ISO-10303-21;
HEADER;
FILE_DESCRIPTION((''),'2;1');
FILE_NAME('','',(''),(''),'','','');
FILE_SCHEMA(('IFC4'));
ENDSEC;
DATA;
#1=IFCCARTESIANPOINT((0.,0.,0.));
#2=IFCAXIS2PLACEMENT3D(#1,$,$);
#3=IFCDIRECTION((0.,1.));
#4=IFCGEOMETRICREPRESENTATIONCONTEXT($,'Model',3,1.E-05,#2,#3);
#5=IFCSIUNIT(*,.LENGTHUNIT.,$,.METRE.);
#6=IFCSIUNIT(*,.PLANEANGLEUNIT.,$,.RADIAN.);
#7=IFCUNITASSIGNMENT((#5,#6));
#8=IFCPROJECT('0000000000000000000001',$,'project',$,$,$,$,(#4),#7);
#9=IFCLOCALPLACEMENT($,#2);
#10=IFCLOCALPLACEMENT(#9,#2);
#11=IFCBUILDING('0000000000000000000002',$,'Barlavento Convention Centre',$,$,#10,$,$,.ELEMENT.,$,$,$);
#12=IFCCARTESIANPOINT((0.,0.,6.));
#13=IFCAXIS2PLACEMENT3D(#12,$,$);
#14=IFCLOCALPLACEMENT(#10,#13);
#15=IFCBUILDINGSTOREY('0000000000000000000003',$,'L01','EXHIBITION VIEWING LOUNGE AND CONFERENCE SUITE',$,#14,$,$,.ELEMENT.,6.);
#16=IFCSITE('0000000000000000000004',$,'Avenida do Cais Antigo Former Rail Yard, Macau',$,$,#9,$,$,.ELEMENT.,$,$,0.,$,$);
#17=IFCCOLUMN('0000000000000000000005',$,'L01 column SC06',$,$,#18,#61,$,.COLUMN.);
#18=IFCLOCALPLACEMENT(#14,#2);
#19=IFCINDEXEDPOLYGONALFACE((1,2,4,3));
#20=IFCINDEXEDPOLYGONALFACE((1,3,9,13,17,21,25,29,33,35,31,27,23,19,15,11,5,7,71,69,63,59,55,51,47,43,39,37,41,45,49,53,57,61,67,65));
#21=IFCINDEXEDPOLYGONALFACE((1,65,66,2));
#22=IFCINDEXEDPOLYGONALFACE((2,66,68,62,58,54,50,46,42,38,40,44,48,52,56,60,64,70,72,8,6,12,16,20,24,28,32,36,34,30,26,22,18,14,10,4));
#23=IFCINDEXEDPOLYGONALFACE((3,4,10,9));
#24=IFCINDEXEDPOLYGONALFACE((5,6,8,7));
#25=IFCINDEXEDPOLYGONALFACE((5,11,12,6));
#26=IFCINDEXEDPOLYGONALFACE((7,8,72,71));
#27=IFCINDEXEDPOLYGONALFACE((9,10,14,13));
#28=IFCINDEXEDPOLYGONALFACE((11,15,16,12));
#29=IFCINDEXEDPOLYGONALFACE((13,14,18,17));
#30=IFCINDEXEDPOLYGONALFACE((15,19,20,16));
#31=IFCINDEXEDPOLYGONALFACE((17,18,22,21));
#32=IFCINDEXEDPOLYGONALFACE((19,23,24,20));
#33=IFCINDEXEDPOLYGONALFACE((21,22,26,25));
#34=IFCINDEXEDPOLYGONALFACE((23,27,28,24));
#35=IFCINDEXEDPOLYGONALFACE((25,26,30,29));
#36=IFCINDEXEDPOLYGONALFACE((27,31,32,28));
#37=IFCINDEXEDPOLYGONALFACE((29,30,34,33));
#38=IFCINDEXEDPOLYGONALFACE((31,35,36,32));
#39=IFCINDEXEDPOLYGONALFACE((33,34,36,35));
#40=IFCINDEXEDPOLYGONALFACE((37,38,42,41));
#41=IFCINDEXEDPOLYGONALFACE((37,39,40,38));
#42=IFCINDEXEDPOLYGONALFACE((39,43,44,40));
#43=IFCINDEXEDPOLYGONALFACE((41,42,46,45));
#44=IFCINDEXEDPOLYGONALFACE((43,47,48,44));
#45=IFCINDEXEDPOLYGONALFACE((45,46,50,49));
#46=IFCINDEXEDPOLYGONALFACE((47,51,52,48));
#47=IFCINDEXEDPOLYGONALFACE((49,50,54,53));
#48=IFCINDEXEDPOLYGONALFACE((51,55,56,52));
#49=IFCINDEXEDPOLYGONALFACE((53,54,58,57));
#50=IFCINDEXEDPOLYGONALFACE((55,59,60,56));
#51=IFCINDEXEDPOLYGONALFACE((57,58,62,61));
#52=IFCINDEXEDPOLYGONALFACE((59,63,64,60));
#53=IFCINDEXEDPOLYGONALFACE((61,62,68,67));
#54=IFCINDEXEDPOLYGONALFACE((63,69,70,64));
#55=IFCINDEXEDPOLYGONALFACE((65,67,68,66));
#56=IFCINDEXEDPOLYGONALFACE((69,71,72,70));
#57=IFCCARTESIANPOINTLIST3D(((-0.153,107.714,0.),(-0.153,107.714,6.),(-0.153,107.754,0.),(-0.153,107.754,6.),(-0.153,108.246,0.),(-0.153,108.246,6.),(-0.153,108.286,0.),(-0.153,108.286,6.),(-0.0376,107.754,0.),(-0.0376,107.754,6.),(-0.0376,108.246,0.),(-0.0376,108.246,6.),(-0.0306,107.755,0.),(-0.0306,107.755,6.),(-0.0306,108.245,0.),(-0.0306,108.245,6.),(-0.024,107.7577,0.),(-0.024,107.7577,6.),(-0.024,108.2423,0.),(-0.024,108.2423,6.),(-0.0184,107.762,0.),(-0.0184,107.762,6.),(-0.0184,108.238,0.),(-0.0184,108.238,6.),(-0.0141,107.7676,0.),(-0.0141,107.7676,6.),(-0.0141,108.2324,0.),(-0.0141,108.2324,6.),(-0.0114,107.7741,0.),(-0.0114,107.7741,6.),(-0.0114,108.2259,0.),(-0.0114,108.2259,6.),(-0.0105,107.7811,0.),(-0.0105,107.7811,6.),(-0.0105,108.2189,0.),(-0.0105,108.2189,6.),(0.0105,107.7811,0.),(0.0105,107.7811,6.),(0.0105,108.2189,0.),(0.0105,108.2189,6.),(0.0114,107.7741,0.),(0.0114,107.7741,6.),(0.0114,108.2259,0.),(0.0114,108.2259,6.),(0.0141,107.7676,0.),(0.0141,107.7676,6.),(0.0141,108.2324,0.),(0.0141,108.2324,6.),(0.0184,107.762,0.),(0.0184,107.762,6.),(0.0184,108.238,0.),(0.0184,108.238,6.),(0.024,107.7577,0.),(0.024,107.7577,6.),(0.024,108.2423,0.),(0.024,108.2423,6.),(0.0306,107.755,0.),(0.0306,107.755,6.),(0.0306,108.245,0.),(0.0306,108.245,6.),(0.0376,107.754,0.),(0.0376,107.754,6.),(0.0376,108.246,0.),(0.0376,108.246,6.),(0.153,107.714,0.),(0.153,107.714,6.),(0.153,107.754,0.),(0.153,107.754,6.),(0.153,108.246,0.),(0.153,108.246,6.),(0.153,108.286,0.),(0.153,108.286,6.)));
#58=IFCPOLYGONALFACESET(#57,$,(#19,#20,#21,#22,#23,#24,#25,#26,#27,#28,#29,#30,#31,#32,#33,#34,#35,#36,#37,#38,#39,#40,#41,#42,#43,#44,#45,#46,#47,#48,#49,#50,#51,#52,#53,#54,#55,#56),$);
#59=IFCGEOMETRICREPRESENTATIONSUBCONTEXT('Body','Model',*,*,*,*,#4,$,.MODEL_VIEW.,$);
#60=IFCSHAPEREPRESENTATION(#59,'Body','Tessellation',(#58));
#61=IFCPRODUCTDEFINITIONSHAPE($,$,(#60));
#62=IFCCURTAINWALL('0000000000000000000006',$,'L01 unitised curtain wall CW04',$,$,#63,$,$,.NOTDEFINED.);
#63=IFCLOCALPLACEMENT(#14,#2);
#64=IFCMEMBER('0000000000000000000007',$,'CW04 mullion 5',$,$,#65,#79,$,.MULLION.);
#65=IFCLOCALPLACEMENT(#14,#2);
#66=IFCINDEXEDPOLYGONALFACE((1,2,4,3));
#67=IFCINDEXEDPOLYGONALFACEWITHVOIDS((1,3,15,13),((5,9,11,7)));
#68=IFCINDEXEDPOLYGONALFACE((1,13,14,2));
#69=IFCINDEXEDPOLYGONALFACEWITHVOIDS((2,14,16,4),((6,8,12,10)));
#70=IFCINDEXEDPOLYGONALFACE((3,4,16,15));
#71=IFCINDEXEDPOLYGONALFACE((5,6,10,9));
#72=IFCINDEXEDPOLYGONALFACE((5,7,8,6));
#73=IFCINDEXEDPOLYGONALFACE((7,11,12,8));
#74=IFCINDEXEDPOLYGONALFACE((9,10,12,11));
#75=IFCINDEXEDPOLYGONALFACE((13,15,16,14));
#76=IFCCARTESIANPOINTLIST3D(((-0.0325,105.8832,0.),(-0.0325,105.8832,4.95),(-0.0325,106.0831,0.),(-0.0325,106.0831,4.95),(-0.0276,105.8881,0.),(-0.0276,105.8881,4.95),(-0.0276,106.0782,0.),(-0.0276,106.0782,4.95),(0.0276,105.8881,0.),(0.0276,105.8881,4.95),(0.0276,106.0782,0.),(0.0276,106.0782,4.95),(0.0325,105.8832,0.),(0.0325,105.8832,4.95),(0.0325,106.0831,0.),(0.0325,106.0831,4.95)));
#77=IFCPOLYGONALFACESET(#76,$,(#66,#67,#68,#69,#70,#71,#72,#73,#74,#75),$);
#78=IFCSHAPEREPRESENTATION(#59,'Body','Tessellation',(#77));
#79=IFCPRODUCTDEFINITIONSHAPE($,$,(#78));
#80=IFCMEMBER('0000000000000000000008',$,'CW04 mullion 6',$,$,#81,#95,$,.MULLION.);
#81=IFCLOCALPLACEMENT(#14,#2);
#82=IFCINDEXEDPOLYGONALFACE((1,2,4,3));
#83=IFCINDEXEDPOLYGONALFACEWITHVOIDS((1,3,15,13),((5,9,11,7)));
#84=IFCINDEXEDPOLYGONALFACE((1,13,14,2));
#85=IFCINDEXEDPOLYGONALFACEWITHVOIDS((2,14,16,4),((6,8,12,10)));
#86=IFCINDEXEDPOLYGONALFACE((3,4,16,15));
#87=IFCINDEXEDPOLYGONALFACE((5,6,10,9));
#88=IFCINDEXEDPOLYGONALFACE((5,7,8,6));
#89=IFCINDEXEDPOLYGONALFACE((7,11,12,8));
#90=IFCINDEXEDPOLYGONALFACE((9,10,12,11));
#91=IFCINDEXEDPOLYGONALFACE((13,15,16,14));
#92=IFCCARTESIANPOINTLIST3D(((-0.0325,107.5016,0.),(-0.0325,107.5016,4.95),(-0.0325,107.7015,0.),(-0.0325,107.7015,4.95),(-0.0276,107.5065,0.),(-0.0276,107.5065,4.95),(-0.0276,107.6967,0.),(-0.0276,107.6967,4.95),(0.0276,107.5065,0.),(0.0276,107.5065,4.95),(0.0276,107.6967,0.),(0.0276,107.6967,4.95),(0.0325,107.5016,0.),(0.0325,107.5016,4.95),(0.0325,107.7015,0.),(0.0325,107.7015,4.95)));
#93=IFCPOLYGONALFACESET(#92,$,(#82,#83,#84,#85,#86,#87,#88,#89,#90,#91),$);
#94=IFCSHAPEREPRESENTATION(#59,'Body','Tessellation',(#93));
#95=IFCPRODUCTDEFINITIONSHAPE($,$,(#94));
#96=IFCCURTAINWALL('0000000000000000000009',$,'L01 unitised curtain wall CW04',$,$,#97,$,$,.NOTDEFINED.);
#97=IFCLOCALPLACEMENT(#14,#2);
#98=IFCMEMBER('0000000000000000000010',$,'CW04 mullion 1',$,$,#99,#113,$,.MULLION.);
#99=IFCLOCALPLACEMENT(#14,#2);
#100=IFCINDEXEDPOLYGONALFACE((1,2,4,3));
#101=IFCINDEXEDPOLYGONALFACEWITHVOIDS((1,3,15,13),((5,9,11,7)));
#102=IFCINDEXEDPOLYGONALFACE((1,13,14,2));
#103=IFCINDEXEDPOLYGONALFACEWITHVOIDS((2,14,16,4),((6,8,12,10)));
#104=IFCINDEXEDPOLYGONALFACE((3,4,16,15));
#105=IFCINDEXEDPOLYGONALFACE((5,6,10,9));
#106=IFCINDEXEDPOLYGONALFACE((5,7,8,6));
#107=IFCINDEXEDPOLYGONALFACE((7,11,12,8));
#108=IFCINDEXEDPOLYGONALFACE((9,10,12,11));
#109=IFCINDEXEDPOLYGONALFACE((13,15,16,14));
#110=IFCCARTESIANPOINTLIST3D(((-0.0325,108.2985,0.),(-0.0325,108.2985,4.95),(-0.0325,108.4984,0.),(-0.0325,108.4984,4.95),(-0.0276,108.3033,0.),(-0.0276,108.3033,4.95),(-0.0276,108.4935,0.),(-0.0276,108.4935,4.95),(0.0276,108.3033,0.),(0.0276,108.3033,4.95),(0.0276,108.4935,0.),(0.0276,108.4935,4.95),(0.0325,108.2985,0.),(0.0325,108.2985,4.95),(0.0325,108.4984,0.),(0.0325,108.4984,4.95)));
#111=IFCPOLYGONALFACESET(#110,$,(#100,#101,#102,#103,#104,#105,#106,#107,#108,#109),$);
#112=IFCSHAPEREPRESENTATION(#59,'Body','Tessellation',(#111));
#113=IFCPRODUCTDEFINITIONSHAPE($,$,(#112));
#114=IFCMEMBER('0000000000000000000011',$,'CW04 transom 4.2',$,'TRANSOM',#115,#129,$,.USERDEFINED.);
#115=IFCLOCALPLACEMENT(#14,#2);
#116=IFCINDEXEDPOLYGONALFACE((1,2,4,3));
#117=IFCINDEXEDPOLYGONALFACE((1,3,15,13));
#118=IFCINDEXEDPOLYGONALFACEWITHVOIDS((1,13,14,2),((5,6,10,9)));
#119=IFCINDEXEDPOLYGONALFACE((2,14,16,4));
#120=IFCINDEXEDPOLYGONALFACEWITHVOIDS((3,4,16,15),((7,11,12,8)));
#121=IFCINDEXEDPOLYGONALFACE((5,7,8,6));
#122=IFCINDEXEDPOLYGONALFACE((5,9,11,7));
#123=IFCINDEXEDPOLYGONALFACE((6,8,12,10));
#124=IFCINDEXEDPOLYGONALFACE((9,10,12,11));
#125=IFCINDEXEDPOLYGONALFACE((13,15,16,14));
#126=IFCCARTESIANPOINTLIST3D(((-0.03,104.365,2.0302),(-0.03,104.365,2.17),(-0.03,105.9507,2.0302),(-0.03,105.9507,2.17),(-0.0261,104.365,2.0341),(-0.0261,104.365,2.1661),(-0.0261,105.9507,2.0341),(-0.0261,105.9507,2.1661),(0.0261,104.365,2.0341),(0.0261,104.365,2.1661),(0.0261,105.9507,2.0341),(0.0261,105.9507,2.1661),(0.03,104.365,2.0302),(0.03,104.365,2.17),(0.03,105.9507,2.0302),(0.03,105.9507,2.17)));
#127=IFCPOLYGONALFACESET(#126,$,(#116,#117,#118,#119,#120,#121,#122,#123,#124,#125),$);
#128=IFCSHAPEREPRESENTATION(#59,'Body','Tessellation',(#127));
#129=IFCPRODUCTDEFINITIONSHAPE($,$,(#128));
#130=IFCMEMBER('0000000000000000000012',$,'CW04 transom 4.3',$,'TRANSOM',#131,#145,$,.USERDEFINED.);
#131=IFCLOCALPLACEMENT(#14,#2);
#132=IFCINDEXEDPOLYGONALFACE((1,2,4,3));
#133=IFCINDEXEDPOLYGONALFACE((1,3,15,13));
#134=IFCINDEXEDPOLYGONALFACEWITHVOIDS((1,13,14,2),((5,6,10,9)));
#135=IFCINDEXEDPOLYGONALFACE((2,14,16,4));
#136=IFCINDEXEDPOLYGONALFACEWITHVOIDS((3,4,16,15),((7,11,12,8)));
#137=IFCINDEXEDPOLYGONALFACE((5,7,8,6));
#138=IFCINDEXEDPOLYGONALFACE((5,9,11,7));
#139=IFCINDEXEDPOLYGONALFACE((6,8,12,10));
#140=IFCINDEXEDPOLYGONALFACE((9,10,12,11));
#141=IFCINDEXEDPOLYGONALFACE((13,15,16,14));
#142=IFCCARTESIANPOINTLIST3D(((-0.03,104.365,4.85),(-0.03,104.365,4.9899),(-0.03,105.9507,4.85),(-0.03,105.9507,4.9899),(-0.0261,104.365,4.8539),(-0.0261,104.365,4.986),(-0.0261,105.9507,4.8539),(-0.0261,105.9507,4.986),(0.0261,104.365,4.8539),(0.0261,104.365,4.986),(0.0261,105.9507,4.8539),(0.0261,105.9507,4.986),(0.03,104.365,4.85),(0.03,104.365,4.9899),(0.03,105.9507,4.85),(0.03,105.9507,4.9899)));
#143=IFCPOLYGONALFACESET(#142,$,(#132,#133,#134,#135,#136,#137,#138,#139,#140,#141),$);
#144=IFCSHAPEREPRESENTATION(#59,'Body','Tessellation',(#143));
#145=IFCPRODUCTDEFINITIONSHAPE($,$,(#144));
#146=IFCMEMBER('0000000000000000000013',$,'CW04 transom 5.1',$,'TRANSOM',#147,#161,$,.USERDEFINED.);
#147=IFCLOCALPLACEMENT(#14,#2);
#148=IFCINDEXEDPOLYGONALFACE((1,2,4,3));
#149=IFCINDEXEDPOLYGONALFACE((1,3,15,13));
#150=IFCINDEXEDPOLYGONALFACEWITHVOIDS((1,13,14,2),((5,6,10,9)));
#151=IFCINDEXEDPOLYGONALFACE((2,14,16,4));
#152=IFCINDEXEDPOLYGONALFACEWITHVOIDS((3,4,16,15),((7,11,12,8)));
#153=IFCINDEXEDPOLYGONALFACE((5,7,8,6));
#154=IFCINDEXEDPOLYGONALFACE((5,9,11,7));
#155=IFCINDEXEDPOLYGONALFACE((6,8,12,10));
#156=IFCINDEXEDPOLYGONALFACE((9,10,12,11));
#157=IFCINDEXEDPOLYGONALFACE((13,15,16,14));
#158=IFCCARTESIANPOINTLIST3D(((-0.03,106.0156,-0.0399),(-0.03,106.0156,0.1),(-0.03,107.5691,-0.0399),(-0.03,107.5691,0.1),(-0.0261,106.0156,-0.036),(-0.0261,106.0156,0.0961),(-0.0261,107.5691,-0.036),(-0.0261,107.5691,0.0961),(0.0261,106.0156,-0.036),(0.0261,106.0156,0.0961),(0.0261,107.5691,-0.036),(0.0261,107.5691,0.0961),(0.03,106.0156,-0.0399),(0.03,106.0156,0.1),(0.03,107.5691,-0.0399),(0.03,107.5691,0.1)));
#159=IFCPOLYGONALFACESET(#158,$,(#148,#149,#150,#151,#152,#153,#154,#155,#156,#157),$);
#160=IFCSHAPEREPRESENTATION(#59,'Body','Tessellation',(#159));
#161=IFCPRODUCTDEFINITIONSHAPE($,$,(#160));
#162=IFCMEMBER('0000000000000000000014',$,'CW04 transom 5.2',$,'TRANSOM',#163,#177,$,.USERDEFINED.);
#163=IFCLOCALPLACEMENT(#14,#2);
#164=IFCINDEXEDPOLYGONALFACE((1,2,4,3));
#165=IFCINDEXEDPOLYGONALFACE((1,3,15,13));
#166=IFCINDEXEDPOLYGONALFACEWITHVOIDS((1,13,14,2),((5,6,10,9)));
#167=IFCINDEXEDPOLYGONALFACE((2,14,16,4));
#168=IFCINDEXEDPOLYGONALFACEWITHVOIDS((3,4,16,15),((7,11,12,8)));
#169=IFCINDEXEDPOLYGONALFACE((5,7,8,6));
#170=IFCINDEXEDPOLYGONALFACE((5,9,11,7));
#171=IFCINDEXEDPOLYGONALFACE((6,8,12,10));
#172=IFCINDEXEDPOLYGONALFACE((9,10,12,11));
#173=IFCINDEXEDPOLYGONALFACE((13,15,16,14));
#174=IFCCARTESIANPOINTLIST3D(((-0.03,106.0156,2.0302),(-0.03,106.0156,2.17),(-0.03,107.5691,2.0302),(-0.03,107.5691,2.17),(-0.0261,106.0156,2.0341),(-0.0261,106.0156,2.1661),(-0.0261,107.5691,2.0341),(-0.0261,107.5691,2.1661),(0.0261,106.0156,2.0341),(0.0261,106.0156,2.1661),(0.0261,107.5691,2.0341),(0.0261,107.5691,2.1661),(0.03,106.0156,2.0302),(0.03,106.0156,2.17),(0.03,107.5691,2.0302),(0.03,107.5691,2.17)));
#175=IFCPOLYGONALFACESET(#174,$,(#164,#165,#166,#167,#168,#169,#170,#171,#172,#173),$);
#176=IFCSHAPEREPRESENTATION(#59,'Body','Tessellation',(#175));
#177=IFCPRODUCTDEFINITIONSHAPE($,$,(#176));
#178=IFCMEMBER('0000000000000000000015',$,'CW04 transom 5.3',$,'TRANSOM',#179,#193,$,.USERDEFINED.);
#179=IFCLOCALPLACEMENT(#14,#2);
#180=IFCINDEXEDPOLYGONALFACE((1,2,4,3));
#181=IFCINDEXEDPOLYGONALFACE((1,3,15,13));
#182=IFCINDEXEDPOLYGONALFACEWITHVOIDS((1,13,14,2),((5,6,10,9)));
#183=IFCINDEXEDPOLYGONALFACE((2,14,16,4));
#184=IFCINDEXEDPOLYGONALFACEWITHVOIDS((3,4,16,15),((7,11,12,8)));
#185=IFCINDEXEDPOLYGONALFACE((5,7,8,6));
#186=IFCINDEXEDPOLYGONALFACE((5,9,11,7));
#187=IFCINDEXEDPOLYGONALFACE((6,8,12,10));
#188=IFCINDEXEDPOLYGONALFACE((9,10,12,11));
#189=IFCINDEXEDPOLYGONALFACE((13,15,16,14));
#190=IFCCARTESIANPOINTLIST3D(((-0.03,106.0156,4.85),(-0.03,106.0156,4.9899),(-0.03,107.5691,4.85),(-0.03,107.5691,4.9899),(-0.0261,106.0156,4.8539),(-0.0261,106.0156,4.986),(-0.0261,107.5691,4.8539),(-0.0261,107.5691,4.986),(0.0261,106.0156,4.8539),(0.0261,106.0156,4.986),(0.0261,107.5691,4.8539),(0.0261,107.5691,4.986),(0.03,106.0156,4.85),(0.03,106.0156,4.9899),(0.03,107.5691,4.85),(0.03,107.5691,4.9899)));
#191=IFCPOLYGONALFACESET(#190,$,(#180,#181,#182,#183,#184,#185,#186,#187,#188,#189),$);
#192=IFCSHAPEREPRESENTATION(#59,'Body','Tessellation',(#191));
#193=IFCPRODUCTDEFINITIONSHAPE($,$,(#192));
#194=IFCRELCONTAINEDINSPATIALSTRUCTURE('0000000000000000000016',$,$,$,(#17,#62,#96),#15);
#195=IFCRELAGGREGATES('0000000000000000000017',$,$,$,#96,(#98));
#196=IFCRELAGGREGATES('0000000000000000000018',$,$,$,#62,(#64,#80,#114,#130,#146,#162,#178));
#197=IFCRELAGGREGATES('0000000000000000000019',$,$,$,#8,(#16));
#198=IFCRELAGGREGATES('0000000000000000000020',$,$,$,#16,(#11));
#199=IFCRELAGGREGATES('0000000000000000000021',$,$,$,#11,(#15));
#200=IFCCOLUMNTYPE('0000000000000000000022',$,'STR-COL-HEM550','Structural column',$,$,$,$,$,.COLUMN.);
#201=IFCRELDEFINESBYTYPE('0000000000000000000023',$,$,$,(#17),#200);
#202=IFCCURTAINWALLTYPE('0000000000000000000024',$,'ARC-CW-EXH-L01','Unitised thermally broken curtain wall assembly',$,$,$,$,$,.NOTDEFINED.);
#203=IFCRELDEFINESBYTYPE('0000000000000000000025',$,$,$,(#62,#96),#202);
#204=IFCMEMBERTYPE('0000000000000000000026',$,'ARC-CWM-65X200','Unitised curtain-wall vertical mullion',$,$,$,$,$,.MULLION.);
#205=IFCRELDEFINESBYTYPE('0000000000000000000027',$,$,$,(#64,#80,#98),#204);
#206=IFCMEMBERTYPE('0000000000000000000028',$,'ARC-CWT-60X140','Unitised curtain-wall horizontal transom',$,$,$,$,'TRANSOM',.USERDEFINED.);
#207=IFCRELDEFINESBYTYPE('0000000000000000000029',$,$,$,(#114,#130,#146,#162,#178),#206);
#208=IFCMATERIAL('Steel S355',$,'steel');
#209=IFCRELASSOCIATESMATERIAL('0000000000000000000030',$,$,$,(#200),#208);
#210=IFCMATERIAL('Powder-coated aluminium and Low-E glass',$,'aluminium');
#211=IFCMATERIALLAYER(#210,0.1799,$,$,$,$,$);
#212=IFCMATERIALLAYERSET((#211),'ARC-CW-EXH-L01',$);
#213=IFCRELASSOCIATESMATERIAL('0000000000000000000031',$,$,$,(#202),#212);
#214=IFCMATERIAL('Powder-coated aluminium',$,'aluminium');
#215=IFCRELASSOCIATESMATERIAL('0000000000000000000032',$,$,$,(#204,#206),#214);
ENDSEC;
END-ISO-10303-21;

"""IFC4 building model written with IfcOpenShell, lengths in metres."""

from ifc_helpers import new_model, si_unit, direction, frame, origin, origin_2d, place, context, subcontext, project, spatial, hollow_rectangle, i_section, extrude, material, layer, layer_set, material_profile, profile_set, type_object, element, aggregate, save


model = new_model("IFC4")

# Units and contexts
model_context = context("Model", 3, precision=1e-05, world=origin(), true_north=direction((0.0, 1.0)))
body_context = subcontext(model_context, "Body", "Model", "MODEL_VIEW")
ifc_project = project(units=[si_unit("LENGTHUNIT", "METRE"), si_unit("PLANEANGLEUNIT", "RADIAN")], contexts=[model_context])

# Site, building, storey
site_placement = place(None, origin())
site = spatial("IfcSite", under=ifc_project, at=site_placement, Name="Avenida do Cais Antigo Former Rail Yard, Macau", CompositionType="ELEMENT", RefElevation=0.0)
building_placement = place(site_placement, origin())
building = spatial("IfcBuilding", under=site, at=building_placement, Name="Barlavento Convention Centre", CompositionType="ELEMENT")
storey_placement = place(building_placement, frame((0.0, 0.0, 6.0)))
storey = spatial("IfcBuildingStorey", under=building, at=storey_placement, Name="L01", Description="EXHIBITION VIEWING LOUNGE AND CONFERENCE SUITE", CompositionType="ELEMENT", Elevation=6.0)

# Column
ifc_material_1 = material(Name="Steel S355", Category="steel")
ifc_material_profile_1 = material_profile(ifc_material_1, i_section(OverallWidth=0.3059, OverallDepth=0.572, WebThickness=0.021, FlangeThickness=0.04, FilletRadius=0.0271, at=origin_2d()), Name="HEM 550")
ifc_profile_set_1 = profile_set([ifc_material_profile_1], Name="Steel S355")
column_type = type_object("IfcColumnType", Name="STR-COL-HEM550", Description="Structural column", PredefinedType="COLUMN", material=ifc_profile_set_1)
column_placement = place(storey_placement, frame((0.0, 108.0, 0.0), z_axis=(0.0, 0.0, 1.0), x_axis=(1.0, 0.0, 0.0)))
element("IfcColumn", 1, at=column_placement, inside=storey, type_object=column_type, Name="L01 column SC06", PredefinedType="COLUMN", context=body_context, shape_type="SweptSolid", body=[
    extrude(i_section(OverallWidth=0.3059, OverallDepth=0.572, WebThickness=0.021, FlangeThickness=0.04, FilletRadius=0.0271, at=origin_2d()), origin(), (0.0, 0.0, 1.0), 6.0),
])

# Curtain wall, members
ifc_material_2 = material(Name="Powder-coated aluminium and Low-E glass", Category="aluminium")
ifc_layer_1 = layer(ifc_material_2, 0.1799)
ifc_layer_set_1 = layer_set([ifc_layer_1], Name="ARC-CW-EXH-L01")
curtain_wall_type = type_object("IfcCurtainWallType", Name="ARC-CW-EXH-L01", Description="Unitised thermally broken curtain wall assembly", PredefinedType="NOTDEFINED", material=ifc_layer_set_1)
curtain_wall_1_placement = place(storey_placement, origin())
curtain_wall_1 = element("IfcCurtainWall", 2, at=curtain_wall_1_placement, inside=storey, type_object=curtain_wall_type, Name="L01 unitised curtain wall CW04", PredefinedType="NOTDEFINED")
ifc_material_3 = material(Name="Powder-coated aluminium", Category="aluminium")
ifc_material_profile_2 = material_profile(ifc_material_3, hollow_rectangle(XDim=0.0649, YDim=0.2, WallThickness=0.0049, at=origin_2d()), Name="AL-MULL 65x200x5")
ifc_profile_set_2 = profile_set([ifc_material_profile_2], Name="Powder-coated aluminium")
member_type_1 = type_object("IfcMemberType", Name="ARC-CWM-65X200", Description="Unitised curtain-wall vertical mullion", PredefinedType="MULLION", material=ifc_profile_set_2)
member_1_placement = place(storey_placement, frame((0.0, 105.9832, 0.0), z_axis=(0.0, 0.0, 1.0), x_axis=(-1.0, 0.0, 0.0)))
member_1 = element("IfcMember", 3, at=member_1_placement, type_object=member_type_1, Name="CW04 mullion 5", PredefinedType="MULLION", context=body_context, shape_type="SweptSolid", body=[
    extrude(hollow_rectangle(XDim=0.0649, YDim=0.2, WallThickness=0.0049, at=origin_2d()), origin(), (0.0, 0.0, 1.0), 4.95),
])
member_2_placement = place(storey_placement, frame((0.0, 107.6016, 0.0), z_axis=(0.0, 0.0, 1.0), x_axis=(-1.0, 0.0, 0.0)))
member_2 = element("IfcMember", 4, at=member_2_placement, type_object=member_type_1, Name="CW04 mullion 6", PredefinedType="MULLION", context=body_context, shape_type="SweptSolid", body=[
    extrude(hollow_rectangle(XDim=0.0649, YDim=0.2, WallThickness=0.0049, at=origin_2d()), origin(), (0.0, 0.0, 1.0), 4.95),
])

# Curtain wall, member
curtain_wall_2_placement = place(storey_placement, origin())
curtain_wall_2 = element("IfcCurtainWall", 5, at=curtain_wall_2_placement, inside=storey, type_object=curtain_wall_type, Name="L01 unitised curtain wall CW04", PredefinedType="NOTDEFINED")
member_3_placement = place(storey_placement, frame((0.0, 108.3984, 0.0), z_axis=(0.0, 0.0, 1.0), x_axis=(-1.0, 0.0, 0.0)))
member_3 = element("IfcMember", 6, at=member_3_placement, type_object=member_type_1, Name="CW04 mullion 1", PredefinedType="MULLION", context=body_context, shape_type="SweptSolid", body=[
    extrude(hollow_rectangle(XDim=0.0649, YDim=0.2, WallThickness=0.0049, at=origin_2d()), origin(), (0.0, 0.0, 1.0), 4.95),
])

# Members
ifc_material_profile_3 = material_profile(ifc_material_3, hollow_rectangle(XDim=0.0601, YDim=0.1399, WallThickness=0.0039, at=origin_2d()), Name="AL-TRAN 60x140x4")
ifc_profile_set_3 = profile_set([ifc_material_profile_3], Name="Powder-coated aluminium")
member_type_2 = type_object("IfcMemberType", Name="ARC-CWT-60X140", Description="Unitised curtain-wall horizontal transom", ElementType="TRANSOM", PredefinedType="USERDEFINED", material=ifc_profile_set_3)
member_4_placement = place(storey_placement, frame((0.0, 104.365, 2.1001), z_axis=(0.0, 1.0, 0.0), x_axis=(-1.0, 0.0, 0.0)))
member_4 = element("IfcMember", 7, at=member_4_placement, type_object=member_type_2, Name="CW04 transom 4.2", ObjectType="TRANSOM", PredefinedType="USERDEFINED", context=body_context, shape_type="SweptSolid", body=[
    extrude(hollow_rectangle(XDim=0.0601, YDim=0.1399, WallThickness=0.0039, at=origin_2d()), origin(), (0.0, 0.0, 1.0), 1.5857),
])
member_5_placement = place(storey_placement, frame((0.0, 104.365, 4.9199), z_axis=(0.0, 1.0, 0.0), x_axis=(-1.0, 0.0, 0.0)))
member_5 = element("IfcMember", 8, at=member_5_placement, type_object=member_type_2, Name="CW04 transom 4.3", ObjectType="TRANSOM", PredefinedType="USERDEFINED", context=body_context, shape_type="SweptSolid", body=[
    extrude(hollow_rectangle(XDim=0.0601, YDim=0.1399, WallThickness=0.0039, at=origin_2d()), origin(), (0.0, 0.0, 1.0), 1.5857),
])
member_6_placement = place(storey_placement, frame((0.0, 106.0156, 0.03), z_axis=(0.0, 1.0, 0.0), x_axis=(-1.0, 0.0, 0.0)))
member_6 = element("IfcMember", 9, at=member_6_placement, type_object=member_type_2, Name="CW04 transom 5.1", ObjectType="TRANSOM", PredefinedType="USERDEFINED", context=body_context, shape_type="SweptSolid", body=[
    extrude(hollow_rectangle(XDim=0.0601, YDim=0.1399, WallThickness=0.0039, at=origin_2d()), origin(), (0.0, 0.0, 1.0), 1.5535),
])
member_7_placement = place(storey_placement, frame((0.0, 106.0156, 2.1001), z_axis=(0.0, 1.0, 0.0), x_axis=(-1.0, 0.0, 0.0)))
member_7 = element("IfcMember", 10, at=member_7_placement, type_object=member_type_2, Name="CW04 transom 5.2", ObjectType="TRANSOM", PredefinedType="USERDEFINED", context=body_context, shape_type="SweptSolid", body=[
    extrude(hollow_rectangle(XDim=0.0601, YDim=0.1399, WallThickness=0.0039, at=origin_2d()), origin(), (0.0, 0.0, 1.0), 1.5535),
])
member_8_placement = place(storey_placement, frame((0.0, 106.0156, 4.9199), z_axis=(0.0, 1.0, 0.0), x_axis=(-1.0, 0.0, 0.0)))
member_8 = element("IfcMember", 11, at=member_8_placement, type_object=member_type_2, Name="CW04 transom 5.3", ObjectType="TRANSOM", PredefinedType="USERDEFINED", context=body_context, shape_type="SweptSolid", body=[
    extrude(hollow_rectangle(XDim=0.0601, YDim=0.1399, WallThickness=0.0039, at=origin_2d()), origin(), (0.0, 0.0, 1.0), 1.5535),
])
aggregate(curtain_wall_2, [member_3])

aggregate(curtain_wall_1, [member_1, member_2, member_4, member_5, member_6, member_7, member_8])

save(model, "model.ifc")
